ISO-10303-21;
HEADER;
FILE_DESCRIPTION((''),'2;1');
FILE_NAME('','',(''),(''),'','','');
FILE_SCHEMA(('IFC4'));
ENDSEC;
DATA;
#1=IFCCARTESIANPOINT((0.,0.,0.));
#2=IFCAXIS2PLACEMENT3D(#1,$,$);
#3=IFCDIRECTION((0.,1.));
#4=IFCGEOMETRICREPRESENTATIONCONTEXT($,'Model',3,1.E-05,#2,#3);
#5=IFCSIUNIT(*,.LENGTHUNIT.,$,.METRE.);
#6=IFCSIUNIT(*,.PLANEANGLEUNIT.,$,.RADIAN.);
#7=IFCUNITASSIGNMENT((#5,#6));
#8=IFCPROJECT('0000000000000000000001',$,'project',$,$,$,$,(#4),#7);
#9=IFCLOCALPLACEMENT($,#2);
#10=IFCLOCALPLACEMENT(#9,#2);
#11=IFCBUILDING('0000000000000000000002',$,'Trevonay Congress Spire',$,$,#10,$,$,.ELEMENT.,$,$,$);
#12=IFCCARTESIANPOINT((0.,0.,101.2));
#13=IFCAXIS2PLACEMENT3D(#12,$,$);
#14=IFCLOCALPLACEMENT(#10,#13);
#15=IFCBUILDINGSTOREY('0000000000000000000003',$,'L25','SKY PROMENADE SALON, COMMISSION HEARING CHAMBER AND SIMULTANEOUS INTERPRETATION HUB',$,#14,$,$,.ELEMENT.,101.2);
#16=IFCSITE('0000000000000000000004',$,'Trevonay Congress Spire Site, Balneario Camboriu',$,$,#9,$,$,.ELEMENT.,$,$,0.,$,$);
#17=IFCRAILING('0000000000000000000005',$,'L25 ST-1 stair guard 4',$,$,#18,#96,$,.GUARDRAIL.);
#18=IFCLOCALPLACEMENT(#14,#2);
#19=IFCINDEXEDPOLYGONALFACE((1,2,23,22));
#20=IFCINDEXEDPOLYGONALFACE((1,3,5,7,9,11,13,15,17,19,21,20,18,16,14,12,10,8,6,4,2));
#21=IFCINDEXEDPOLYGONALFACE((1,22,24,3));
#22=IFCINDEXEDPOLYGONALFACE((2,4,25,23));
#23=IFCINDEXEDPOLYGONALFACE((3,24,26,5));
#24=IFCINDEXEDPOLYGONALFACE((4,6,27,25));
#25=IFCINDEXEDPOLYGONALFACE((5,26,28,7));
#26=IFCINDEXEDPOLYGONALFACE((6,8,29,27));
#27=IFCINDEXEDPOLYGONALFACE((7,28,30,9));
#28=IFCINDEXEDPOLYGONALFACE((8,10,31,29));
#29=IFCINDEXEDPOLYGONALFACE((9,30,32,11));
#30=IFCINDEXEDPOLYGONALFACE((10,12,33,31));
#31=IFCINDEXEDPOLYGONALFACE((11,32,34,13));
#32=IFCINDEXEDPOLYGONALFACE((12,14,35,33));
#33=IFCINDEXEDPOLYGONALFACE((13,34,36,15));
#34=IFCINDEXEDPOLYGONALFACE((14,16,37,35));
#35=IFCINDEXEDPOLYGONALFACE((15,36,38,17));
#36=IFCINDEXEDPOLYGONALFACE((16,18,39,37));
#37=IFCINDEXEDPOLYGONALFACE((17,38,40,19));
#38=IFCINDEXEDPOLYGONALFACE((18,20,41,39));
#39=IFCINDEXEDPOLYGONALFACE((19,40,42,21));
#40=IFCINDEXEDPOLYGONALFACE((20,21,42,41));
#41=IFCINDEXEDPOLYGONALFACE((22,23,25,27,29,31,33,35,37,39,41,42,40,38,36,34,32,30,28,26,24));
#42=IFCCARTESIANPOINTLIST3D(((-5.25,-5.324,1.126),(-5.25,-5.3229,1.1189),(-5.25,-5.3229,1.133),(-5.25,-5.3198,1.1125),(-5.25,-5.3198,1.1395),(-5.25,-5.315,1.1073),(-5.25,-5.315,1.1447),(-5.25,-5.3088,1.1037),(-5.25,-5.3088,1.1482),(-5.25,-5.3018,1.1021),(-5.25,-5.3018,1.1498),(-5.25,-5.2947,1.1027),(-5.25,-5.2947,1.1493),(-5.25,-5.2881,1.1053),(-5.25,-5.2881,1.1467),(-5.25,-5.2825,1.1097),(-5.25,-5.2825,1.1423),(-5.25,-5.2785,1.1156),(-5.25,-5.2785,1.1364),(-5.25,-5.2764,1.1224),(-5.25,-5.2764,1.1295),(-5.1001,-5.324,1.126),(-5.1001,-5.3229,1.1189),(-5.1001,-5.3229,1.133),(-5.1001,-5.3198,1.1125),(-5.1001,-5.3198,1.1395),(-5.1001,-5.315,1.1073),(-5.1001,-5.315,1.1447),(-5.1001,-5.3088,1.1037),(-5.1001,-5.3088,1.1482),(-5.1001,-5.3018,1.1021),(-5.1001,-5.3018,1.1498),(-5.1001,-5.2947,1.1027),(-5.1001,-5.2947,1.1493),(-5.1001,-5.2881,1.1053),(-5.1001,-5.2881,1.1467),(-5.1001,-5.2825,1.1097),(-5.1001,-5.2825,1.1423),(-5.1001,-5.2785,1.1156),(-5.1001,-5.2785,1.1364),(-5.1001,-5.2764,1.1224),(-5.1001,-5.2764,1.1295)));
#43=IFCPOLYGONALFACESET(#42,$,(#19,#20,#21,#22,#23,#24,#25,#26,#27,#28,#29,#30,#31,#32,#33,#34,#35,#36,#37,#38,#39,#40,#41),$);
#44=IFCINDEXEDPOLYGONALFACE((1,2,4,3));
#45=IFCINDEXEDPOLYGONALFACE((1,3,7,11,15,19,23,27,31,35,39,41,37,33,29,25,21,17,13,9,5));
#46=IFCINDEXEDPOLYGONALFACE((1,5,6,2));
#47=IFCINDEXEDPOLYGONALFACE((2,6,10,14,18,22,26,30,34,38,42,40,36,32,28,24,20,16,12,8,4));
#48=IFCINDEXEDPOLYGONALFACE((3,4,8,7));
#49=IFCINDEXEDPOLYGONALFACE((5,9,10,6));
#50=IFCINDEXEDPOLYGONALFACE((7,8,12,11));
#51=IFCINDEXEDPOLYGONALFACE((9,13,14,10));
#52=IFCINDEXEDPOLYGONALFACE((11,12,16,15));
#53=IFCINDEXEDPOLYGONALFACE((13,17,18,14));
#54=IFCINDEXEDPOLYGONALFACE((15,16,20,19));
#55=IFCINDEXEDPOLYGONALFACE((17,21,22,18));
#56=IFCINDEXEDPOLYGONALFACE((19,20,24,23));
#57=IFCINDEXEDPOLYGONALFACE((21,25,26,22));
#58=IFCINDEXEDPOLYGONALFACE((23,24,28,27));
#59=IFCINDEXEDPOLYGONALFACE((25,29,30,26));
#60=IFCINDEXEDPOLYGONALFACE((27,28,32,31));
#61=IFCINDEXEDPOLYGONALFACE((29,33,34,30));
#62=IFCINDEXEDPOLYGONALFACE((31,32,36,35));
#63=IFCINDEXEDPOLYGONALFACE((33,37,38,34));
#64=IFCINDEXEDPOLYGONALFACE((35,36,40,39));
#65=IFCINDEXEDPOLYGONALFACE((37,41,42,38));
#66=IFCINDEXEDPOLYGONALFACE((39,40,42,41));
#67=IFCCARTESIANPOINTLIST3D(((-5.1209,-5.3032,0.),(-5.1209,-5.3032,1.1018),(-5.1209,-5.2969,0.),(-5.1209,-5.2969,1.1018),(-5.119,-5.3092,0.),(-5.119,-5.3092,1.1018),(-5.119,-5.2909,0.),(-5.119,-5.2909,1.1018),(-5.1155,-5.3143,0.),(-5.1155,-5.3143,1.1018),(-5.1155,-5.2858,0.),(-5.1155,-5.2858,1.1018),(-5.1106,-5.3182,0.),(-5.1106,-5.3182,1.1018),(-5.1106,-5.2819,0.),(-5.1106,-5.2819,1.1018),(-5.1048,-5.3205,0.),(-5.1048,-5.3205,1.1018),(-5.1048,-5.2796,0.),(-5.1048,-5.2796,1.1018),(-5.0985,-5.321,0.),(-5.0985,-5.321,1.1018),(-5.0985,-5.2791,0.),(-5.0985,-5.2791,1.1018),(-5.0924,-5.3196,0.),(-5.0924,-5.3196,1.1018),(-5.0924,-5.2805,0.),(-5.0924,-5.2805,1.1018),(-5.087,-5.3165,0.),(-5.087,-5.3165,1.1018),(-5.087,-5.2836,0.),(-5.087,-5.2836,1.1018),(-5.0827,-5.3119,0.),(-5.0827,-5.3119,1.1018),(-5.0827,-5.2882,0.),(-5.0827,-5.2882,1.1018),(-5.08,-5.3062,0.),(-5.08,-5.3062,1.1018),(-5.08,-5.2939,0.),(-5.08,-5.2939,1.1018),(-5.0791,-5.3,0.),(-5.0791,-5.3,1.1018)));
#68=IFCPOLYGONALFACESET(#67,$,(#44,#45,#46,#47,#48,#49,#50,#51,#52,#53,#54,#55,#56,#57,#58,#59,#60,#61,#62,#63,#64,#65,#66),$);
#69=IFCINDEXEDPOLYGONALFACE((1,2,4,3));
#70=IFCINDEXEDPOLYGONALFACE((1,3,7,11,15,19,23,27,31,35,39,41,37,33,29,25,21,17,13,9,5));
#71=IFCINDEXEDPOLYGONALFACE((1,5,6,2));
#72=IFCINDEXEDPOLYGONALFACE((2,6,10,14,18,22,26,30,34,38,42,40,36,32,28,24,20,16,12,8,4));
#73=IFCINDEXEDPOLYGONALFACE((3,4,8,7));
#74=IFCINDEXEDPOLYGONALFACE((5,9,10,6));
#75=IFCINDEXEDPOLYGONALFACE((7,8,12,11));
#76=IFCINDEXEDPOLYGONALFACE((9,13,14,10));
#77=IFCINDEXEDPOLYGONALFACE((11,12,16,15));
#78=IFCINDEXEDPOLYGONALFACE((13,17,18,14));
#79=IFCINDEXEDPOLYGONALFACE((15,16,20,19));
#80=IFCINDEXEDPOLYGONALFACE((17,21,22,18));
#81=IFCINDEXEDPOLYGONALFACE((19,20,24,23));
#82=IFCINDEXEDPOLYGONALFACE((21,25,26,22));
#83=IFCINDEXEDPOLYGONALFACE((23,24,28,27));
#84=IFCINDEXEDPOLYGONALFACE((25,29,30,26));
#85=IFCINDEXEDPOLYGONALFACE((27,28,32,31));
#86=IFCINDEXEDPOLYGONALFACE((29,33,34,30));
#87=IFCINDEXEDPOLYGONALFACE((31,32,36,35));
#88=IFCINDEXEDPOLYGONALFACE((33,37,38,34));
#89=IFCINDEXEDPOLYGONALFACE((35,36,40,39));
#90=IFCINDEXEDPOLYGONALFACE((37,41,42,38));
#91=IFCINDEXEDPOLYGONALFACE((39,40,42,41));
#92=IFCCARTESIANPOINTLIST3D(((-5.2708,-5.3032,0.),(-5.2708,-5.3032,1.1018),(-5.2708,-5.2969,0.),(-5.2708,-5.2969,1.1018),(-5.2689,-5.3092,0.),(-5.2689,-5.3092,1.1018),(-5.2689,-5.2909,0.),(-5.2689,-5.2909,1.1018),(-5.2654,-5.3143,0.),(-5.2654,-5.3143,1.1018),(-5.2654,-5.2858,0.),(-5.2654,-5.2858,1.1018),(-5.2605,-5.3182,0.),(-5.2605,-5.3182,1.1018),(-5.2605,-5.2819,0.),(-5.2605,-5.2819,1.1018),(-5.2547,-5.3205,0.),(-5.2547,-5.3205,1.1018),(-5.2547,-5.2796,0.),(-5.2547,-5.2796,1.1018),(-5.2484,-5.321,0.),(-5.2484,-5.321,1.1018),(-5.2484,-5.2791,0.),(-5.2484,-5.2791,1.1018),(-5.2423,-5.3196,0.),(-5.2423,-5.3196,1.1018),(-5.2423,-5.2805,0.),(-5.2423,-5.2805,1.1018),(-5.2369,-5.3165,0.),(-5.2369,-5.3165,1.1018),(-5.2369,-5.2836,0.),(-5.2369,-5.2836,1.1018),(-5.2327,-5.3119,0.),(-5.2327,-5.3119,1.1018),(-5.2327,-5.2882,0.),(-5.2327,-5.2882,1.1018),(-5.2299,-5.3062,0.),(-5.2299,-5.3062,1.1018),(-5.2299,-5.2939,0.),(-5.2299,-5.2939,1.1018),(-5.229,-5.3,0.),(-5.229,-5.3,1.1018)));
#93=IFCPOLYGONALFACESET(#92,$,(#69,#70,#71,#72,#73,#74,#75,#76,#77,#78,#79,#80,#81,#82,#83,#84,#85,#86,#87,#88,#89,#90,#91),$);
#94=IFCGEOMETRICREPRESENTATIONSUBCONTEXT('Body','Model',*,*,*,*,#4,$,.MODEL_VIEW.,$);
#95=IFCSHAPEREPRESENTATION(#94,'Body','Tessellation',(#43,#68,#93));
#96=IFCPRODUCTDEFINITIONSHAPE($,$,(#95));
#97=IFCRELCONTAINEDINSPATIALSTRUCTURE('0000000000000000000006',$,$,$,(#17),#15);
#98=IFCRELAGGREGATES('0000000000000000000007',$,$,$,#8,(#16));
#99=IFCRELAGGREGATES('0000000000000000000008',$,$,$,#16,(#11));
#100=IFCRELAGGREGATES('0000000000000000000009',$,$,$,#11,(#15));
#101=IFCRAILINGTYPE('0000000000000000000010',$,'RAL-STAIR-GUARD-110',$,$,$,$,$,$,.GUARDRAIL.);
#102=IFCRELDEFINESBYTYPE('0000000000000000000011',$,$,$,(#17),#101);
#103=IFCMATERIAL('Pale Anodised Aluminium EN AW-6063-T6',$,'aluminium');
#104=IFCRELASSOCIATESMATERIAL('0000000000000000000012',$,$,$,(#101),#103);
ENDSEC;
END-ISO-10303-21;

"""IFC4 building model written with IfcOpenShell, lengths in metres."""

from ifc_helpers import new_model, si_unit, direction, frame, origin, origin_2d, place, context, subcontext, project, spatial, circle, extrude, material, type_object, element, save


model = new_model("IFC4")

# Units and contexts
model_context = context("Model", 3, precision=1e-05, world=origin(), true_north=direction((0.0, 1.0)))
body_context = subcontext(model_context, "Body", "Model", "MODEL_VIEW")
ifc_project = project(units=[si_unit("LENGTHUNIT", "METRE"), si_unit("PLANEANGLEUNIT", "RADIAN")], contexts=[model_context])

# Site, building, storey
site_placement = place(None, origin())
site = spatial("IfcSite", under=ifc_project, at=site_placement, Name="Trevonay Congress Spire Site, Balneario Camboriu", CompositionType="ELEMENT", RefElevation=0.0)
building_placement = place(site_placement, origin())
building = spatial("IfcBuilding", under=site, at=building_placement, Name="Trevonay Congress Spire", CompositionType="ELEMENT")
storey_placement = place(building_placement, frame((0.0, 0.0, 101.2)))
storey = spatial("IfcBuildingStorey", under=building, at=storey_placement, Name="L25", Description="SKY PROMENADE SALON, COMMISSION HEARING CHAMBER AND SIMULTANEOUS INTERPRETATION HUB", CompositionType="ELEMENT", Elevation=101.2)

# Shared definitions
ifc_material_1 = material(Name="Pale Anodised Aluminium EN AW-6063-T6", Category="aluminium")

# Railing
railing_type_1 = type_object("IfcRailingType", Name="RAL-STAIR-GUARD-110", PredefinedType="GUARDRAIL", material=ifc_material_1)
railing_1_placement = place(storey_placement, frame((-5.1001, -5.3, 0.0)))
element("IfcRailing", 1, at=railing_1_placement, inside=storey, type_object=railing_type_1, Name="L25 ST-1 stair guard 4", PredefinedType="GUARDRAIL", context=body_context, shape_type="SweptSolid", body=[
    extrude(circle(Radius=0.0239, at=origin_2d()), frame((0.0, 0.0, 1.126), z_axis=(-1.0, 0.0, 0.0), x_axis=(0.0, -1.0, 0.0)), (0.0, 0.0, 1.0), 0.1499),
    extrude(circle(Radius=0.021, at=origin_2d()), origin(), (0.0, 0.0, 1.0), 1.1018),
    extrude(circle(Radius=0.021, at=origin_2d()), frame((-0.1499, 0.0, 0.0)), (0.0, 0.0, 1.0), 1.1018),
])

save(model, "model.ifc")
